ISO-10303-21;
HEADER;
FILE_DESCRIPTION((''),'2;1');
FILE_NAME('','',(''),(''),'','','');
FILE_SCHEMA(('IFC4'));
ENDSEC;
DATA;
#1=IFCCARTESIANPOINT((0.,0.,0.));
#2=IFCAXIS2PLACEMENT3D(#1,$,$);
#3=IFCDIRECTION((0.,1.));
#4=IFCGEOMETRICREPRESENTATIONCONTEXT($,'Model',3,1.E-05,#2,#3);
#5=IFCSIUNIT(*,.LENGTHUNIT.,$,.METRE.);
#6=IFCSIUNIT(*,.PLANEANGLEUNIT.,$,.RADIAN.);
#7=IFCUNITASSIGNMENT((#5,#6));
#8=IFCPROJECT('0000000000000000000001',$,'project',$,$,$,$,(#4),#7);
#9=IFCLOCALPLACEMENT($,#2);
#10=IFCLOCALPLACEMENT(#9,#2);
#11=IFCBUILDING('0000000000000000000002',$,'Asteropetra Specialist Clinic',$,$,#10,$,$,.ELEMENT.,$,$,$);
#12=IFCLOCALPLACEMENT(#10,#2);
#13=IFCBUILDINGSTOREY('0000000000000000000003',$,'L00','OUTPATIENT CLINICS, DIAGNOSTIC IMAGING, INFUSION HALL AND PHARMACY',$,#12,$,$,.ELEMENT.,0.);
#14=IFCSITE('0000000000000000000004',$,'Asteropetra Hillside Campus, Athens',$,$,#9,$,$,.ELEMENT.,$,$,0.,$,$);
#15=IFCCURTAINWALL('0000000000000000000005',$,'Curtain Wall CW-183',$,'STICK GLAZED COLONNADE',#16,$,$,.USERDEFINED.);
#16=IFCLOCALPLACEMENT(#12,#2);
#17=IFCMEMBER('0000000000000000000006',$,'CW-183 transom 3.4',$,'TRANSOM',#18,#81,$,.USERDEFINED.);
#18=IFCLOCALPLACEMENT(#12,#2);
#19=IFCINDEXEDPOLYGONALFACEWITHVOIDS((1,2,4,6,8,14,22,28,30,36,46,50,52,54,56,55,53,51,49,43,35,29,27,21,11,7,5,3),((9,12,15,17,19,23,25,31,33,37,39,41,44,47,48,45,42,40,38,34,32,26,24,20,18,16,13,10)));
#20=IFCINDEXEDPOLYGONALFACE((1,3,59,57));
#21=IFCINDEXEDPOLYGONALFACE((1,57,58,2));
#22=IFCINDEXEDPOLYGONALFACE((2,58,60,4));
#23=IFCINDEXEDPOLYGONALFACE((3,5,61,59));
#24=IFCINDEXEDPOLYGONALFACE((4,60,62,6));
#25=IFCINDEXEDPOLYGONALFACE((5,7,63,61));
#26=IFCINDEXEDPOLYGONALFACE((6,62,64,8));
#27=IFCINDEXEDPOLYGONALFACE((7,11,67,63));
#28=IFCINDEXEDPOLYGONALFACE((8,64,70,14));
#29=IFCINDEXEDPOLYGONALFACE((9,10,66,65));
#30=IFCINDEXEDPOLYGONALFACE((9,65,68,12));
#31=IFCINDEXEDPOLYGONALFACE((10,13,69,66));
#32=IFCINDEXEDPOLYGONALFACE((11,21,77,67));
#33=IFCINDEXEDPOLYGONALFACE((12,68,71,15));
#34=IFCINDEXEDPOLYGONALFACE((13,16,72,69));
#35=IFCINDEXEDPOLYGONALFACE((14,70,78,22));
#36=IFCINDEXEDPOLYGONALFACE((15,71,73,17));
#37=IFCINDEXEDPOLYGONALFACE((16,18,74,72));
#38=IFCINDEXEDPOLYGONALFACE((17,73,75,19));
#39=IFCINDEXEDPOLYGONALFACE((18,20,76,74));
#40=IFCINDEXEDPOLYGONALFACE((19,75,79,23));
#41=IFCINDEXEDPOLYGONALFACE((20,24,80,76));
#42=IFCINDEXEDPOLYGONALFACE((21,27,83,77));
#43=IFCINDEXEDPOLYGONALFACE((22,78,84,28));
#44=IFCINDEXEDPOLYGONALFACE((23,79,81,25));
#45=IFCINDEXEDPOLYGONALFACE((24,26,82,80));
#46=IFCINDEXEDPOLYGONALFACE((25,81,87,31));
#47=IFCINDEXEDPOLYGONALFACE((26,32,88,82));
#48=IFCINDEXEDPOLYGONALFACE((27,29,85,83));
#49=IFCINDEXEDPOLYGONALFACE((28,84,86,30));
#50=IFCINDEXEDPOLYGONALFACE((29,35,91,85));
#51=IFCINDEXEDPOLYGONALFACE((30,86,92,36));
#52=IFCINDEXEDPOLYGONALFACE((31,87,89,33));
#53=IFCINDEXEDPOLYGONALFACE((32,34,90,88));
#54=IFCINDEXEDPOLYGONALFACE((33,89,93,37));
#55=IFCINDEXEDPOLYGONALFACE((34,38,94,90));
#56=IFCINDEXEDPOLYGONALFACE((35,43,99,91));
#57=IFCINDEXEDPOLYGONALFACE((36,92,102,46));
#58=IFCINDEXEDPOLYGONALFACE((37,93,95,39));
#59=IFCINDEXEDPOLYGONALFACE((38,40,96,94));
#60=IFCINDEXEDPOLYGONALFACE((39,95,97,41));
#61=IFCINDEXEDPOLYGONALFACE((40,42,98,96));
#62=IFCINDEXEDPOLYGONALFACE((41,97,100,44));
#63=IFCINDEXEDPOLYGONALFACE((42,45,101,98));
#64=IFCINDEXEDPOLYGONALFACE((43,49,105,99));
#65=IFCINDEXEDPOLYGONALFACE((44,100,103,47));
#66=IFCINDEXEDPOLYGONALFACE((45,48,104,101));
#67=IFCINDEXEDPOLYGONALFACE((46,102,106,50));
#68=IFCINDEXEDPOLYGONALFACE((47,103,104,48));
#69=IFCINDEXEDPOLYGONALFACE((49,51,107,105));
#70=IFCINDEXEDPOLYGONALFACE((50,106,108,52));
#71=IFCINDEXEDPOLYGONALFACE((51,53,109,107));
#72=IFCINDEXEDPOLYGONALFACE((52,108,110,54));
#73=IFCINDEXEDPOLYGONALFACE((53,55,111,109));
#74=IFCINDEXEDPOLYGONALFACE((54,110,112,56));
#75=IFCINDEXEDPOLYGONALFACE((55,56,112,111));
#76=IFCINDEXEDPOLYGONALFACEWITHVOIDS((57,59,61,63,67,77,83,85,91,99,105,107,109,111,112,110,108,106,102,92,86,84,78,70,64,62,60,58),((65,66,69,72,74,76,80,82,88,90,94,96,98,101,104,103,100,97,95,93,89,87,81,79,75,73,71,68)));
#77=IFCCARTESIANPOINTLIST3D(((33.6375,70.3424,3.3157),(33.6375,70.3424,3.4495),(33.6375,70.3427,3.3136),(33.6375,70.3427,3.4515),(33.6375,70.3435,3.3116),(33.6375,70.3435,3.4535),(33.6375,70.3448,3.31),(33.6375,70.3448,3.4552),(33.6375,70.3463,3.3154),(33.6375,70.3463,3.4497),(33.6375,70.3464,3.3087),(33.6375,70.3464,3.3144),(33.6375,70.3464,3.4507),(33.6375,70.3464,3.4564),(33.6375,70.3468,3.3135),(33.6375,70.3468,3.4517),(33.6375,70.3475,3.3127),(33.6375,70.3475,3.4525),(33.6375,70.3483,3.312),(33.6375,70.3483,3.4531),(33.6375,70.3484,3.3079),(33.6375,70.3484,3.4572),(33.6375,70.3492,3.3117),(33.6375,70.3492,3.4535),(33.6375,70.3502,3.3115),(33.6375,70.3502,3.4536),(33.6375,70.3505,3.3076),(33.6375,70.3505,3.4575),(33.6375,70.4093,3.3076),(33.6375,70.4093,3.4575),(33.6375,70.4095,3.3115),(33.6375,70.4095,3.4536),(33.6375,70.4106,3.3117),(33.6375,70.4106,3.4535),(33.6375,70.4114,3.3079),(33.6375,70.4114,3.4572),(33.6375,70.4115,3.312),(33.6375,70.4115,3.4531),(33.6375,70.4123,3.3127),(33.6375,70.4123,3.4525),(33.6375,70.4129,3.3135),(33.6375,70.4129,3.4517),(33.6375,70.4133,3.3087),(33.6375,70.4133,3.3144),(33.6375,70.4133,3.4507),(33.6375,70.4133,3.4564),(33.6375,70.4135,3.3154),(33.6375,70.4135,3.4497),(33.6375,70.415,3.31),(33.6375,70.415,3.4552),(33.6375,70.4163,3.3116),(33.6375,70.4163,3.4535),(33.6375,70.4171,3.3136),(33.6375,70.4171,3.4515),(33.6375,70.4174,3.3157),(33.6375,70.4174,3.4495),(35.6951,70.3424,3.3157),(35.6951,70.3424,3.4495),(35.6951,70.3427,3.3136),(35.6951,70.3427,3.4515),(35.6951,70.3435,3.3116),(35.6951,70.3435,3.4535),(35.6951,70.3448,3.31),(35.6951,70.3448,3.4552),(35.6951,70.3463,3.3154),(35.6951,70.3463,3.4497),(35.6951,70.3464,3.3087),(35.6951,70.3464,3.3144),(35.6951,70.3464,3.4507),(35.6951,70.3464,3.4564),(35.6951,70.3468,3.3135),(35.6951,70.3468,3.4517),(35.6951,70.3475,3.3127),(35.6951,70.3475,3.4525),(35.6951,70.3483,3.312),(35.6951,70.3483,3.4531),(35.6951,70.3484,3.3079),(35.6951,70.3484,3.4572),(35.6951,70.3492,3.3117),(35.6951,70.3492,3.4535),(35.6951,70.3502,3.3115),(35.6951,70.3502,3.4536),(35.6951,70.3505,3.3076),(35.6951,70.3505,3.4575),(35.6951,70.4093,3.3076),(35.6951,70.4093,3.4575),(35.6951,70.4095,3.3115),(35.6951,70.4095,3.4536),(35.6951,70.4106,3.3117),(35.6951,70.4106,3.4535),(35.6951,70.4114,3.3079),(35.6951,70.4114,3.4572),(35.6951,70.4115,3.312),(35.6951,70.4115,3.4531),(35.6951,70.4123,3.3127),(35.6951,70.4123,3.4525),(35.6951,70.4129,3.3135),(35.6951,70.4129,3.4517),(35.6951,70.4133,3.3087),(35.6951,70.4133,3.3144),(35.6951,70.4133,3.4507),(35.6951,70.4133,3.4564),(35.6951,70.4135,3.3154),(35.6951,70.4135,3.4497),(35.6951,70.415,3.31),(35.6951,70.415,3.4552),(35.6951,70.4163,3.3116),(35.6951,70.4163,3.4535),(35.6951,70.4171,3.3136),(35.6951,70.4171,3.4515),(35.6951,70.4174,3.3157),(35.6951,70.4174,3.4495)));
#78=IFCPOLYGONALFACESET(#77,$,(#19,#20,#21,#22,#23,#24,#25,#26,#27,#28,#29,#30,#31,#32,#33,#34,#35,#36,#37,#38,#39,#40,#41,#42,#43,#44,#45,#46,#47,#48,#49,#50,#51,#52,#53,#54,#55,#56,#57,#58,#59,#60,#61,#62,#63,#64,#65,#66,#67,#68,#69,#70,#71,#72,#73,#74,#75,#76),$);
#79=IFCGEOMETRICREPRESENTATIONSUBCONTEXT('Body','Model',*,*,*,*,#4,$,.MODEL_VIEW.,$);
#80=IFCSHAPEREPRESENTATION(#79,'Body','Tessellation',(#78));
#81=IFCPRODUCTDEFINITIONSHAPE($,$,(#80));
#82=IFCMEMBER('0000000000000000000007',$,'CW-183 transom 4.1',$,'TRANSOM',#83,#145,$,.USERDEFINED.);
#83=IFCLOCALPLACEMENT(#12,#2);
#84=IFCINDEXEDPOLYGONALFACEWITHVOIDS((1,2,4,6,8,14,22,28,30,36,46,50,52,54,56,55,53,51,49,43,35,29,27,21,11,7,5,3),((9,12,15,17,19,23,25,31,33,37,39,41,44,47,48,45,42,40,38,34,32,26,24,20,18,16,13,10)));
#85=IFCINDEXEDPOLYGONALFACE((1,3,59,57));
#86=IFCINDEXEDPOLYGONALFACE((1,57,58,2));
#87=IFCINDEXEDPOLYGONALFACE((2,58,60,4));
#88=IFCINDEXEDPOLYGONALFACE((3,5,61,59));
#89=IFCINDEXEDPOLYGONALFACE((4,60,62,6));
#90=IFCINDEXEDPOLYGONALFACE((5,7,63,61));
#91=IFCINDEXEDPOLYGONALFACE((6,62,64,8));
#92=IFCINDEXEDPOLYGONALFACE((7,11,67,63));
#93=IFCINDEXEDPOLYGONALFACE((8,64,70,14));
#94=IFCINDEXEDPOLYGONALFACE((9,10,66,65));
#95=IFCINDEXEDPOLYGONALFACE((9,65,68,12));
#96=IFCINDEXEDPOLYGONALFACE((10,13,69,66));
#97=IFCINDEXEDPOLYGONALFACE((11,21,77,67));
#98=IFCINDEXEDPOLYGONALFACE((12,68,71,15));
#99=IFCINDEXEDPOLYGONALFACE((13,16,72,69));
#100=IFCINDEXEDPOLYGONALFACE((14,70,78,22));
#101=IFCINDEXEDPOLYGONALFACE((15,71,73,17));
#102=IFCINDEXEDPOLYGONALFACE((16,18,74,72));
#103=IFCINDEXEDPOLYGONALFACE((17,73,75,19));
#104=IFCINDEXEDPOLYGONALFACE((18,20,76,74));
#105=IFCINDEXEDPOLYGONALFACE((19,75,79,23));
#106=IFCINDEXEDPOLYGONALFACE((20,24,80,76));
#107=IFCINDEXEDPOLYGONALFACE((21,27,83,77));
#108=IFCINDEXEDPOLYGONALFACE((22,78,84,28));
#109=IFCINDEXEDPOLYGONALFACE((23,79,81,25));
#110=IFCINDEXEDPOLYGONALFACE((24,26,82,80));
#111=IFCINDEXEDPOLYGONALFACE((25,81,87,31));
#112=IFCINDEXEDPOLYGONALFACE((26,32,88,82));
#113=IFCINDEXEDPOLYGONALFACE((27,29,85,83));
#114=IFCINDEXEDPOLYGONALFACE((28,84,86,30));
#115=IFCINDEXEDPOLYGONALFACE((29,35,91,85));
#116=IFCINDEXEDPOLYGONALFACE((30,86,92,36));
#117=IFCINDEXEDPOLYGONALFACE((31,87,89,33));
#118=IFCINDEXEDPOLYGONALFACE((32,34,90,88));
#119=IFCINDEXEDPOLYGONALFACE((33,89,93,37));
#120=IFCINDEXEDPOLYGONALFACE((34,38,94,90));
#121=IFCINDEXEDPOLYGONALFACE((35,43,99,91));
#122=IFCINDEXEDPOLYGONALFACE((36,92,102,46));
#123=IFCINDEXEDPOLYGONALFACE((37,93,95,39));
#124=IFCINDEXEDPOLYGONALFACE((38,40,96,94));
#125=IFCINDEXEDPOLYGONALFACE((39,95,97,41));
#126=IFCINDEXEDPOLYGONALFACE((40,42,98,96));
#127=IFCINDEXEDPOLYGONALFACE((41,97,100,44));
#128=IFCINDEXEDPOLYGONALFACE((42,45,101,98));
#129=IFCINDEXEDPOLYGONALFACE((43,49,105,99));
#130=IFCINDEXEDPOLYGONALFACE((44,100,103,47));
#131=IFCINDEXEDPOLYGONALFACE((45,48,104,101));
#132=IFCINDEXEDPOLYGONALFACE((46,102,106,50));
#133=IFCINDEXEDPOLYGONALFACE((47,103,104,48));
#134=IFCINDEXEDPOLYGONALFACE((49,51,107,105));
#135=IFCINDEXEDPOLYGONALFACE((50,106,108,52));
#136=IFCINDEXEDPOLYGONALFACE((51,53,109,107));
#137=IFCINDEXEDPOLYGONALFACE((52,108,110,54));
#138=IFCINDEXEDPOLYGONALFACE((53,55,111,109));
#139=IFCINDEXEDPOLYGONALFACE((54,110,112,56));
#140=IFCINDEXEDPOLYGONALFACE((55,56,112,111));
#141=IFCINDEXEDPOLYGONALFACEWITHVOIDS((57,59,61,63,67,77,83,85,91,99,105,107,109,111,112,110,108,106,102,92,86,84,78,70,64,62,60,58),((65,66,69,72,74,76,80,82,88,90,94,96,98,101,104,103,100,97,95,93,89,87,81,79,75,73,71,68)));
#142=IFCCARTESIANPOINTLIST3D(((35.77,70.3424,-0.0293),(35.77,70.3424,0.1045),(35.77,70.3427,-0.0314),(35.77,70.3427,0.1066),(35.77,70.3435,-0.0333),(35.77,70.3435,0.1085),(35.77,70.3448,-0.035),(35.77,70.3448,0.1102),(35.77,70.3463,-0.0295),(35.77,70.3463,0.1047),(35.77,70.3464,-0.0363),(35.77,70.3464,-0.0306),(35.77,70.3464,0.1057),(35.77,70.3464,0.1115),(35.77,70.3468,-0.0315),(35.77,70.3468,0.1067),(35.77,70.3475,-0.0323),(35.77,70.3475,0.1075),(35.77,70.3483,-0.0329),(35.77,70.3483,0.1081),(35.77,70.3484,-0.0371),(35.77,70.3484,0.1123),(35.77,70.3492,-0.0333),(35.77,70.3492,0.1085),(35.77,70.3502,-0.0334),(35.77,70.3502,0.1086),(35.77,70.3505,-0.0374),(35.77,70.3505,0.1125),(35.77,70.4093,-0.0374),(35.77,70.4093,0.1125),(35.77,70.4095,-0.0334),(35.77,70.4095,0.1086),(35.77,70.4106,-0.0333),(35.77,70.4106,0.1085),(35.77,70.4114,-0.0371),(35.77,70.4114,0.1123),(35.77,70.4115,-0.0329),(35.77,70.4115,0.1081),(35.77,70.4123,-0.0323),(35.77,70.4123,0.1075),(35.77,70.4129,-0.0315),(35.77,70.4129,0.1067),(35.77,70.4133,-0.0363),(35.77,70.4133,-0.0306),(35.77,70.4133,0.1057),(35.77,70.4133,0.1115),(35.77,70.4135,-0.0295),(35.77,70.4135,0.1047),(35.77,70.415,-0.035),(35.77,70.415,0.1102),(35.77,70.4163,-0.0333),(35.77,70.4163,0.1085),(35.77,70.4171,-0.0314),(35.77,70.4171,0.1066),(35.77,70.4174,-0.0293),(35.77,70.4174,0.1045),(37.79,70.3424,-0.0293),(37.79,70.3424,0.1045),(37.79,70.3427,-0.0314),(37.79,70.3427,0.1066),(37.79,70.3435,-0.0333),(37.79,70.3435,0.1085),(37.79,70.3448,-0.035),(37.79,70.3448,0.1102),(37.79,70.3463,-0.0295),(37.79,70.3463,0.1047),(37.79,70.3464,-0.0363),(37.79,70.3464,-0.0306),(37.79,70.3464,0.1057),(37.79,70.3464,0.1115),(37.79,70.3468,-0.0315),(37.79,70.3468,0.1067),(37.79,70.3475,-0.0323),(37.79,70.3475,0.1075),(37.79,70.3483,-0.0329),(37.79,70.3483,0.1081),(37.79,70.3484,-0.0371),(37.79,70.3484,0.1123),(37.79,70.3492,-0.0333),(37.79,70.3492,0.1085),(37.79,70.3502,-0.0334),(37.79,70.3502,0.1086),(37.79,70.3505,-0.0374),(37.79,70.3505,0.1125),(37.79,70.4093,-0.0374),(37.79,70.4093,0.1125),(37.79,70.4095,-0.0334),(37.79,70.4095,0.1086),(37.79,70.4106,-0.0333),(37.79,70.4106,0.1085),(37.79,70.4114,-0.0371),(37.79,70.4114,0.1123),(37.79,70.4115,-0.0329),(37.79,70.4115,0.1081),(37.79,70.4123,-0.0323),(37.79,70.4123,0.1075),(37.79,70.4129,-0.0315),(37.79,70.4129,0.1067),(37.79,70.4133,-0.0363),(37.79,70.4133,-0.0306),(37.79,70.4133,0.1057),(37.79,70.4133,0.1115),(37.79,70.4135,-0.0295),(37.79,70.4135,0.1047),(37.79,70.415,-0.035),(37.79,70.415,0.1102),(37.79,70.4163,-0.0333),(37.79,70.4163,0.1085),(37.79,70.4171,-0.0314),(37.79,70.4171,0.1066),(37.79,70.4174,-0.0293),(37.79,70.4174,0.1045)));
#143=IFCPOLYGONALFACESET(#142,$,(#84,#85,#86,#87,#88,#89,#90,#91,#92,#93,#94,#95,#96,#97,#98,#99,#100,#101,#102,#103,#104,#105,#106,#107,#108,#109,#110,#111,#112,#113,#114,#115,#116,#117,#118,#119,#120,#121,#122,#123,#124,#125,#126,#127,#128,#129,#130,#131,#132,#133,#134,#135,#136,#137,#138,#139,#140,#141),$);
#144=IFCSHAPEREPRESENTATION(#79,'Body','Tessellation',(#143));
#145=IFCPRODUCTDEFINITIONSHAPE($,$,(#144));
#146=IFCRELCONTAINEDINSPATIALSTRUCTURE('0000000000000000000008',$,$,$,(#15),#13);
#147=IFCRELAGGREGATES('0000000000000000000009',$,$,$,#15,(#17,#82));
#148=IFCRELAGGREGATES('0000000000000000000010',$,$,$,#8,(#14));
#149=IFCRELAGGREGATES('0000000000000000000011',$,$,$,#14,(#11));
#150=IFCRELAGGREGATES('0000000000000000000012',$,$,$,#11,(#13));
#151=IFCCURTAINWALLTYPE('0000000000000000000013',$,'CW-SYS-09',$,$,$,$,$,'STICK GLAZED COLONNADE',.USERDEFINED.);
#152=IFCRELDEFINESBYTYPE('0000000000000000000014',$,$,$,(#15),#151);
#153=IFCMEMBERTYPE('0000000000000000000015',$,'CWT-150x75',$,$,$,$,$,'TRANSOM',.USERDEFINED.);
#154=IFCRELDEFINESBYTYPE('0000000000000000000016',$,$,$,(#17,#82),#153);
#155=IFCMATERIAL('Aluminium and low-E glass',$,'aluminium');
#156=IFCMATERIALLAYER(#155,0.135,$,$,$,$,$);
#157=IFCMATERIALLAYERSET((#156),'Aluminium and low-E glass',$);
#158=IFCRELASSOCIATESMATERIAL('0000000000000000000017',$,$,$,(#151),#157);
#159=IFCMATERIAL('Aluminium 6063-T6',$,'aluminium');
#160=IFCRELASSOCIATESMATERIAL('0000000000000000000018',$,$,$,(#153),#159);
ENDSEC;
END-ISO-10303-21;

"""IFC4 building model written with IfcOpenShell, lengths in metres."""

from ifc_helpers import new_model, si_unit, direction, frame, origin, origin_2d, place, context, subcontext, project, spatial, hollow_rectangle, extrude, material, layer, layer_set, material_profile, profile_set, type_object, element, aggregate, save


model = new_model("IFC4")

# Units and contexts
model_context = context("Model", 3, precision=1e-05, world=origin(), true_north=direction((0.0, 1.0)))
body_context = subcontext(model_context, "Body", "Model", "MODEL_VIEW")
ifc_project = project(units=[si_unit("LENGTHUNIT", "METRE"), si_unit("PLANEANGLEUNIT", "RADIAN")], contexts=[model_context])

# Site, building, storey
site_placement = place(None, origin())
site = spatial("IfcSite", under=ifc_project, at=site_placement, Name="Asteropetra Hillside Campus, Athens", CompositionType="ELEMENT", RefElevation=0.0)
building_placement = place(site_placement, origin())
building = spatial("IfcBuilding", under=site, at=building_placement, Name="Asteropetra Specialist Clinic", CompositionType="ELEMENT")
storey_placement = place(building_placement, origin())
storey = spatial("IfcBuildingStorey", under=building, at=storey_placement, Name="L00", Description="OUTPATIENT CLINICS, DIAGNOSTIC IMAGING, INFUSION HALL AND PHARMACY", CompositionType="ELEMENT", Elevation=0.0)

# Curtain wall, members
ifc_material_1 = material(Name="Aluminium and low-E glass", Category="aluminium")
ifc_layer_1 = layer(ifc_material_1, 0.135)
ifc_layer_set_1 = layer_set([ifc_layer_1], Name="Aluminium and low-E glass")
curtain_wall_type = type_object("IfcCurtainWallType", Name="CW-SYS-09", ElementType="STICK GLAZED COLONNADE", PredefinedType="USERDEFINED", material=ifc_layer_set_1)
curtain_wall_placement = place(storey_placement, origin())
curtain_wall = element("IfcCurtainWall", 1, at=curtain_wall_placement, inside=storey, type_object=curtain_wall_type, Name="Curtain Wall CW-183", ObjectType="STICK GLAZED COLONNADE", PredefinedType="USERDEFINED")
ifc_material_2 = material(Name="Aluminium 6063-T6", Category="aluminium")
ifc_material_profile_1 = material_profile(ifc_material_2, hollow_rectangle(XDim=0.075, YDim=0.1499, WallThickness=0.0039, InnerFilletRadius=0.0039, OuterFilletRadius=0.0081, at=origin_2d()), Name="TRN 150x75x4.0")
ifc_profile_set_1 = profile_set([ifc_material_profile_1], Name="Aluminium 6063-T6")
member_type_1 = type_object("IfcMemberType", Name="CWT-150x75", ElementType="TRANSOM", PredefinedType="USERDEFINED", material=ifc_profile_set_1)
member_1_placement = place(storey_placement, frame((33.6375, 70.3799, 3.3826), z_axis=(1.0, 0.0, 0.0), x_axis=(0.0, 1.0, 0.0)))
member_1 = element("IfcMember", 2, at=member_1_placement, type_object=member_type_1, Name="CW-183 transom 3.4", ObjectType="TRANSOM", PredefinedType="USERDEFINED", context=body_context, shape_type="SweptSolid", body=[
    extrude(hollow_rectangle(XDim=0.075, YDim=0.1499, WallThickness=0.0039, InnerFilletRadius=0.0039, OuterFilletRadius=0.0081, at=origin_2d()), origin(), (0.0, 0.0, 1.0), 2.0576),
])
member_2_placement = place(storey_placement, frame((35.77, 70.3799, 0.0376), z_axis=(1.0, 0.0, 0.0), x_axis=(0.0, 1.0, 0.0)))
member_2 = element("IfcMember", 3, at=member_2_placement, type_object=member_type_1, Name="CW-183 transom 4.1", ObjectType="TRANSOM", PredefinedType="USERDEFINED", context=body_context, shape_type="SweptSolid", body=[
    extrude(hollow_rectangle(XDim=0.075, YDim=0.1499, WallThickness=0.0039, InnerFilletRadius=0.0039, OuterFilletRadius=0.0081, at=origin_2d()), origin(), (0.0, 0.0, 1.0), 2.02),
])
aggregate(curtain_wall, [member_1, member_2])

save(model, "model.ifc")
